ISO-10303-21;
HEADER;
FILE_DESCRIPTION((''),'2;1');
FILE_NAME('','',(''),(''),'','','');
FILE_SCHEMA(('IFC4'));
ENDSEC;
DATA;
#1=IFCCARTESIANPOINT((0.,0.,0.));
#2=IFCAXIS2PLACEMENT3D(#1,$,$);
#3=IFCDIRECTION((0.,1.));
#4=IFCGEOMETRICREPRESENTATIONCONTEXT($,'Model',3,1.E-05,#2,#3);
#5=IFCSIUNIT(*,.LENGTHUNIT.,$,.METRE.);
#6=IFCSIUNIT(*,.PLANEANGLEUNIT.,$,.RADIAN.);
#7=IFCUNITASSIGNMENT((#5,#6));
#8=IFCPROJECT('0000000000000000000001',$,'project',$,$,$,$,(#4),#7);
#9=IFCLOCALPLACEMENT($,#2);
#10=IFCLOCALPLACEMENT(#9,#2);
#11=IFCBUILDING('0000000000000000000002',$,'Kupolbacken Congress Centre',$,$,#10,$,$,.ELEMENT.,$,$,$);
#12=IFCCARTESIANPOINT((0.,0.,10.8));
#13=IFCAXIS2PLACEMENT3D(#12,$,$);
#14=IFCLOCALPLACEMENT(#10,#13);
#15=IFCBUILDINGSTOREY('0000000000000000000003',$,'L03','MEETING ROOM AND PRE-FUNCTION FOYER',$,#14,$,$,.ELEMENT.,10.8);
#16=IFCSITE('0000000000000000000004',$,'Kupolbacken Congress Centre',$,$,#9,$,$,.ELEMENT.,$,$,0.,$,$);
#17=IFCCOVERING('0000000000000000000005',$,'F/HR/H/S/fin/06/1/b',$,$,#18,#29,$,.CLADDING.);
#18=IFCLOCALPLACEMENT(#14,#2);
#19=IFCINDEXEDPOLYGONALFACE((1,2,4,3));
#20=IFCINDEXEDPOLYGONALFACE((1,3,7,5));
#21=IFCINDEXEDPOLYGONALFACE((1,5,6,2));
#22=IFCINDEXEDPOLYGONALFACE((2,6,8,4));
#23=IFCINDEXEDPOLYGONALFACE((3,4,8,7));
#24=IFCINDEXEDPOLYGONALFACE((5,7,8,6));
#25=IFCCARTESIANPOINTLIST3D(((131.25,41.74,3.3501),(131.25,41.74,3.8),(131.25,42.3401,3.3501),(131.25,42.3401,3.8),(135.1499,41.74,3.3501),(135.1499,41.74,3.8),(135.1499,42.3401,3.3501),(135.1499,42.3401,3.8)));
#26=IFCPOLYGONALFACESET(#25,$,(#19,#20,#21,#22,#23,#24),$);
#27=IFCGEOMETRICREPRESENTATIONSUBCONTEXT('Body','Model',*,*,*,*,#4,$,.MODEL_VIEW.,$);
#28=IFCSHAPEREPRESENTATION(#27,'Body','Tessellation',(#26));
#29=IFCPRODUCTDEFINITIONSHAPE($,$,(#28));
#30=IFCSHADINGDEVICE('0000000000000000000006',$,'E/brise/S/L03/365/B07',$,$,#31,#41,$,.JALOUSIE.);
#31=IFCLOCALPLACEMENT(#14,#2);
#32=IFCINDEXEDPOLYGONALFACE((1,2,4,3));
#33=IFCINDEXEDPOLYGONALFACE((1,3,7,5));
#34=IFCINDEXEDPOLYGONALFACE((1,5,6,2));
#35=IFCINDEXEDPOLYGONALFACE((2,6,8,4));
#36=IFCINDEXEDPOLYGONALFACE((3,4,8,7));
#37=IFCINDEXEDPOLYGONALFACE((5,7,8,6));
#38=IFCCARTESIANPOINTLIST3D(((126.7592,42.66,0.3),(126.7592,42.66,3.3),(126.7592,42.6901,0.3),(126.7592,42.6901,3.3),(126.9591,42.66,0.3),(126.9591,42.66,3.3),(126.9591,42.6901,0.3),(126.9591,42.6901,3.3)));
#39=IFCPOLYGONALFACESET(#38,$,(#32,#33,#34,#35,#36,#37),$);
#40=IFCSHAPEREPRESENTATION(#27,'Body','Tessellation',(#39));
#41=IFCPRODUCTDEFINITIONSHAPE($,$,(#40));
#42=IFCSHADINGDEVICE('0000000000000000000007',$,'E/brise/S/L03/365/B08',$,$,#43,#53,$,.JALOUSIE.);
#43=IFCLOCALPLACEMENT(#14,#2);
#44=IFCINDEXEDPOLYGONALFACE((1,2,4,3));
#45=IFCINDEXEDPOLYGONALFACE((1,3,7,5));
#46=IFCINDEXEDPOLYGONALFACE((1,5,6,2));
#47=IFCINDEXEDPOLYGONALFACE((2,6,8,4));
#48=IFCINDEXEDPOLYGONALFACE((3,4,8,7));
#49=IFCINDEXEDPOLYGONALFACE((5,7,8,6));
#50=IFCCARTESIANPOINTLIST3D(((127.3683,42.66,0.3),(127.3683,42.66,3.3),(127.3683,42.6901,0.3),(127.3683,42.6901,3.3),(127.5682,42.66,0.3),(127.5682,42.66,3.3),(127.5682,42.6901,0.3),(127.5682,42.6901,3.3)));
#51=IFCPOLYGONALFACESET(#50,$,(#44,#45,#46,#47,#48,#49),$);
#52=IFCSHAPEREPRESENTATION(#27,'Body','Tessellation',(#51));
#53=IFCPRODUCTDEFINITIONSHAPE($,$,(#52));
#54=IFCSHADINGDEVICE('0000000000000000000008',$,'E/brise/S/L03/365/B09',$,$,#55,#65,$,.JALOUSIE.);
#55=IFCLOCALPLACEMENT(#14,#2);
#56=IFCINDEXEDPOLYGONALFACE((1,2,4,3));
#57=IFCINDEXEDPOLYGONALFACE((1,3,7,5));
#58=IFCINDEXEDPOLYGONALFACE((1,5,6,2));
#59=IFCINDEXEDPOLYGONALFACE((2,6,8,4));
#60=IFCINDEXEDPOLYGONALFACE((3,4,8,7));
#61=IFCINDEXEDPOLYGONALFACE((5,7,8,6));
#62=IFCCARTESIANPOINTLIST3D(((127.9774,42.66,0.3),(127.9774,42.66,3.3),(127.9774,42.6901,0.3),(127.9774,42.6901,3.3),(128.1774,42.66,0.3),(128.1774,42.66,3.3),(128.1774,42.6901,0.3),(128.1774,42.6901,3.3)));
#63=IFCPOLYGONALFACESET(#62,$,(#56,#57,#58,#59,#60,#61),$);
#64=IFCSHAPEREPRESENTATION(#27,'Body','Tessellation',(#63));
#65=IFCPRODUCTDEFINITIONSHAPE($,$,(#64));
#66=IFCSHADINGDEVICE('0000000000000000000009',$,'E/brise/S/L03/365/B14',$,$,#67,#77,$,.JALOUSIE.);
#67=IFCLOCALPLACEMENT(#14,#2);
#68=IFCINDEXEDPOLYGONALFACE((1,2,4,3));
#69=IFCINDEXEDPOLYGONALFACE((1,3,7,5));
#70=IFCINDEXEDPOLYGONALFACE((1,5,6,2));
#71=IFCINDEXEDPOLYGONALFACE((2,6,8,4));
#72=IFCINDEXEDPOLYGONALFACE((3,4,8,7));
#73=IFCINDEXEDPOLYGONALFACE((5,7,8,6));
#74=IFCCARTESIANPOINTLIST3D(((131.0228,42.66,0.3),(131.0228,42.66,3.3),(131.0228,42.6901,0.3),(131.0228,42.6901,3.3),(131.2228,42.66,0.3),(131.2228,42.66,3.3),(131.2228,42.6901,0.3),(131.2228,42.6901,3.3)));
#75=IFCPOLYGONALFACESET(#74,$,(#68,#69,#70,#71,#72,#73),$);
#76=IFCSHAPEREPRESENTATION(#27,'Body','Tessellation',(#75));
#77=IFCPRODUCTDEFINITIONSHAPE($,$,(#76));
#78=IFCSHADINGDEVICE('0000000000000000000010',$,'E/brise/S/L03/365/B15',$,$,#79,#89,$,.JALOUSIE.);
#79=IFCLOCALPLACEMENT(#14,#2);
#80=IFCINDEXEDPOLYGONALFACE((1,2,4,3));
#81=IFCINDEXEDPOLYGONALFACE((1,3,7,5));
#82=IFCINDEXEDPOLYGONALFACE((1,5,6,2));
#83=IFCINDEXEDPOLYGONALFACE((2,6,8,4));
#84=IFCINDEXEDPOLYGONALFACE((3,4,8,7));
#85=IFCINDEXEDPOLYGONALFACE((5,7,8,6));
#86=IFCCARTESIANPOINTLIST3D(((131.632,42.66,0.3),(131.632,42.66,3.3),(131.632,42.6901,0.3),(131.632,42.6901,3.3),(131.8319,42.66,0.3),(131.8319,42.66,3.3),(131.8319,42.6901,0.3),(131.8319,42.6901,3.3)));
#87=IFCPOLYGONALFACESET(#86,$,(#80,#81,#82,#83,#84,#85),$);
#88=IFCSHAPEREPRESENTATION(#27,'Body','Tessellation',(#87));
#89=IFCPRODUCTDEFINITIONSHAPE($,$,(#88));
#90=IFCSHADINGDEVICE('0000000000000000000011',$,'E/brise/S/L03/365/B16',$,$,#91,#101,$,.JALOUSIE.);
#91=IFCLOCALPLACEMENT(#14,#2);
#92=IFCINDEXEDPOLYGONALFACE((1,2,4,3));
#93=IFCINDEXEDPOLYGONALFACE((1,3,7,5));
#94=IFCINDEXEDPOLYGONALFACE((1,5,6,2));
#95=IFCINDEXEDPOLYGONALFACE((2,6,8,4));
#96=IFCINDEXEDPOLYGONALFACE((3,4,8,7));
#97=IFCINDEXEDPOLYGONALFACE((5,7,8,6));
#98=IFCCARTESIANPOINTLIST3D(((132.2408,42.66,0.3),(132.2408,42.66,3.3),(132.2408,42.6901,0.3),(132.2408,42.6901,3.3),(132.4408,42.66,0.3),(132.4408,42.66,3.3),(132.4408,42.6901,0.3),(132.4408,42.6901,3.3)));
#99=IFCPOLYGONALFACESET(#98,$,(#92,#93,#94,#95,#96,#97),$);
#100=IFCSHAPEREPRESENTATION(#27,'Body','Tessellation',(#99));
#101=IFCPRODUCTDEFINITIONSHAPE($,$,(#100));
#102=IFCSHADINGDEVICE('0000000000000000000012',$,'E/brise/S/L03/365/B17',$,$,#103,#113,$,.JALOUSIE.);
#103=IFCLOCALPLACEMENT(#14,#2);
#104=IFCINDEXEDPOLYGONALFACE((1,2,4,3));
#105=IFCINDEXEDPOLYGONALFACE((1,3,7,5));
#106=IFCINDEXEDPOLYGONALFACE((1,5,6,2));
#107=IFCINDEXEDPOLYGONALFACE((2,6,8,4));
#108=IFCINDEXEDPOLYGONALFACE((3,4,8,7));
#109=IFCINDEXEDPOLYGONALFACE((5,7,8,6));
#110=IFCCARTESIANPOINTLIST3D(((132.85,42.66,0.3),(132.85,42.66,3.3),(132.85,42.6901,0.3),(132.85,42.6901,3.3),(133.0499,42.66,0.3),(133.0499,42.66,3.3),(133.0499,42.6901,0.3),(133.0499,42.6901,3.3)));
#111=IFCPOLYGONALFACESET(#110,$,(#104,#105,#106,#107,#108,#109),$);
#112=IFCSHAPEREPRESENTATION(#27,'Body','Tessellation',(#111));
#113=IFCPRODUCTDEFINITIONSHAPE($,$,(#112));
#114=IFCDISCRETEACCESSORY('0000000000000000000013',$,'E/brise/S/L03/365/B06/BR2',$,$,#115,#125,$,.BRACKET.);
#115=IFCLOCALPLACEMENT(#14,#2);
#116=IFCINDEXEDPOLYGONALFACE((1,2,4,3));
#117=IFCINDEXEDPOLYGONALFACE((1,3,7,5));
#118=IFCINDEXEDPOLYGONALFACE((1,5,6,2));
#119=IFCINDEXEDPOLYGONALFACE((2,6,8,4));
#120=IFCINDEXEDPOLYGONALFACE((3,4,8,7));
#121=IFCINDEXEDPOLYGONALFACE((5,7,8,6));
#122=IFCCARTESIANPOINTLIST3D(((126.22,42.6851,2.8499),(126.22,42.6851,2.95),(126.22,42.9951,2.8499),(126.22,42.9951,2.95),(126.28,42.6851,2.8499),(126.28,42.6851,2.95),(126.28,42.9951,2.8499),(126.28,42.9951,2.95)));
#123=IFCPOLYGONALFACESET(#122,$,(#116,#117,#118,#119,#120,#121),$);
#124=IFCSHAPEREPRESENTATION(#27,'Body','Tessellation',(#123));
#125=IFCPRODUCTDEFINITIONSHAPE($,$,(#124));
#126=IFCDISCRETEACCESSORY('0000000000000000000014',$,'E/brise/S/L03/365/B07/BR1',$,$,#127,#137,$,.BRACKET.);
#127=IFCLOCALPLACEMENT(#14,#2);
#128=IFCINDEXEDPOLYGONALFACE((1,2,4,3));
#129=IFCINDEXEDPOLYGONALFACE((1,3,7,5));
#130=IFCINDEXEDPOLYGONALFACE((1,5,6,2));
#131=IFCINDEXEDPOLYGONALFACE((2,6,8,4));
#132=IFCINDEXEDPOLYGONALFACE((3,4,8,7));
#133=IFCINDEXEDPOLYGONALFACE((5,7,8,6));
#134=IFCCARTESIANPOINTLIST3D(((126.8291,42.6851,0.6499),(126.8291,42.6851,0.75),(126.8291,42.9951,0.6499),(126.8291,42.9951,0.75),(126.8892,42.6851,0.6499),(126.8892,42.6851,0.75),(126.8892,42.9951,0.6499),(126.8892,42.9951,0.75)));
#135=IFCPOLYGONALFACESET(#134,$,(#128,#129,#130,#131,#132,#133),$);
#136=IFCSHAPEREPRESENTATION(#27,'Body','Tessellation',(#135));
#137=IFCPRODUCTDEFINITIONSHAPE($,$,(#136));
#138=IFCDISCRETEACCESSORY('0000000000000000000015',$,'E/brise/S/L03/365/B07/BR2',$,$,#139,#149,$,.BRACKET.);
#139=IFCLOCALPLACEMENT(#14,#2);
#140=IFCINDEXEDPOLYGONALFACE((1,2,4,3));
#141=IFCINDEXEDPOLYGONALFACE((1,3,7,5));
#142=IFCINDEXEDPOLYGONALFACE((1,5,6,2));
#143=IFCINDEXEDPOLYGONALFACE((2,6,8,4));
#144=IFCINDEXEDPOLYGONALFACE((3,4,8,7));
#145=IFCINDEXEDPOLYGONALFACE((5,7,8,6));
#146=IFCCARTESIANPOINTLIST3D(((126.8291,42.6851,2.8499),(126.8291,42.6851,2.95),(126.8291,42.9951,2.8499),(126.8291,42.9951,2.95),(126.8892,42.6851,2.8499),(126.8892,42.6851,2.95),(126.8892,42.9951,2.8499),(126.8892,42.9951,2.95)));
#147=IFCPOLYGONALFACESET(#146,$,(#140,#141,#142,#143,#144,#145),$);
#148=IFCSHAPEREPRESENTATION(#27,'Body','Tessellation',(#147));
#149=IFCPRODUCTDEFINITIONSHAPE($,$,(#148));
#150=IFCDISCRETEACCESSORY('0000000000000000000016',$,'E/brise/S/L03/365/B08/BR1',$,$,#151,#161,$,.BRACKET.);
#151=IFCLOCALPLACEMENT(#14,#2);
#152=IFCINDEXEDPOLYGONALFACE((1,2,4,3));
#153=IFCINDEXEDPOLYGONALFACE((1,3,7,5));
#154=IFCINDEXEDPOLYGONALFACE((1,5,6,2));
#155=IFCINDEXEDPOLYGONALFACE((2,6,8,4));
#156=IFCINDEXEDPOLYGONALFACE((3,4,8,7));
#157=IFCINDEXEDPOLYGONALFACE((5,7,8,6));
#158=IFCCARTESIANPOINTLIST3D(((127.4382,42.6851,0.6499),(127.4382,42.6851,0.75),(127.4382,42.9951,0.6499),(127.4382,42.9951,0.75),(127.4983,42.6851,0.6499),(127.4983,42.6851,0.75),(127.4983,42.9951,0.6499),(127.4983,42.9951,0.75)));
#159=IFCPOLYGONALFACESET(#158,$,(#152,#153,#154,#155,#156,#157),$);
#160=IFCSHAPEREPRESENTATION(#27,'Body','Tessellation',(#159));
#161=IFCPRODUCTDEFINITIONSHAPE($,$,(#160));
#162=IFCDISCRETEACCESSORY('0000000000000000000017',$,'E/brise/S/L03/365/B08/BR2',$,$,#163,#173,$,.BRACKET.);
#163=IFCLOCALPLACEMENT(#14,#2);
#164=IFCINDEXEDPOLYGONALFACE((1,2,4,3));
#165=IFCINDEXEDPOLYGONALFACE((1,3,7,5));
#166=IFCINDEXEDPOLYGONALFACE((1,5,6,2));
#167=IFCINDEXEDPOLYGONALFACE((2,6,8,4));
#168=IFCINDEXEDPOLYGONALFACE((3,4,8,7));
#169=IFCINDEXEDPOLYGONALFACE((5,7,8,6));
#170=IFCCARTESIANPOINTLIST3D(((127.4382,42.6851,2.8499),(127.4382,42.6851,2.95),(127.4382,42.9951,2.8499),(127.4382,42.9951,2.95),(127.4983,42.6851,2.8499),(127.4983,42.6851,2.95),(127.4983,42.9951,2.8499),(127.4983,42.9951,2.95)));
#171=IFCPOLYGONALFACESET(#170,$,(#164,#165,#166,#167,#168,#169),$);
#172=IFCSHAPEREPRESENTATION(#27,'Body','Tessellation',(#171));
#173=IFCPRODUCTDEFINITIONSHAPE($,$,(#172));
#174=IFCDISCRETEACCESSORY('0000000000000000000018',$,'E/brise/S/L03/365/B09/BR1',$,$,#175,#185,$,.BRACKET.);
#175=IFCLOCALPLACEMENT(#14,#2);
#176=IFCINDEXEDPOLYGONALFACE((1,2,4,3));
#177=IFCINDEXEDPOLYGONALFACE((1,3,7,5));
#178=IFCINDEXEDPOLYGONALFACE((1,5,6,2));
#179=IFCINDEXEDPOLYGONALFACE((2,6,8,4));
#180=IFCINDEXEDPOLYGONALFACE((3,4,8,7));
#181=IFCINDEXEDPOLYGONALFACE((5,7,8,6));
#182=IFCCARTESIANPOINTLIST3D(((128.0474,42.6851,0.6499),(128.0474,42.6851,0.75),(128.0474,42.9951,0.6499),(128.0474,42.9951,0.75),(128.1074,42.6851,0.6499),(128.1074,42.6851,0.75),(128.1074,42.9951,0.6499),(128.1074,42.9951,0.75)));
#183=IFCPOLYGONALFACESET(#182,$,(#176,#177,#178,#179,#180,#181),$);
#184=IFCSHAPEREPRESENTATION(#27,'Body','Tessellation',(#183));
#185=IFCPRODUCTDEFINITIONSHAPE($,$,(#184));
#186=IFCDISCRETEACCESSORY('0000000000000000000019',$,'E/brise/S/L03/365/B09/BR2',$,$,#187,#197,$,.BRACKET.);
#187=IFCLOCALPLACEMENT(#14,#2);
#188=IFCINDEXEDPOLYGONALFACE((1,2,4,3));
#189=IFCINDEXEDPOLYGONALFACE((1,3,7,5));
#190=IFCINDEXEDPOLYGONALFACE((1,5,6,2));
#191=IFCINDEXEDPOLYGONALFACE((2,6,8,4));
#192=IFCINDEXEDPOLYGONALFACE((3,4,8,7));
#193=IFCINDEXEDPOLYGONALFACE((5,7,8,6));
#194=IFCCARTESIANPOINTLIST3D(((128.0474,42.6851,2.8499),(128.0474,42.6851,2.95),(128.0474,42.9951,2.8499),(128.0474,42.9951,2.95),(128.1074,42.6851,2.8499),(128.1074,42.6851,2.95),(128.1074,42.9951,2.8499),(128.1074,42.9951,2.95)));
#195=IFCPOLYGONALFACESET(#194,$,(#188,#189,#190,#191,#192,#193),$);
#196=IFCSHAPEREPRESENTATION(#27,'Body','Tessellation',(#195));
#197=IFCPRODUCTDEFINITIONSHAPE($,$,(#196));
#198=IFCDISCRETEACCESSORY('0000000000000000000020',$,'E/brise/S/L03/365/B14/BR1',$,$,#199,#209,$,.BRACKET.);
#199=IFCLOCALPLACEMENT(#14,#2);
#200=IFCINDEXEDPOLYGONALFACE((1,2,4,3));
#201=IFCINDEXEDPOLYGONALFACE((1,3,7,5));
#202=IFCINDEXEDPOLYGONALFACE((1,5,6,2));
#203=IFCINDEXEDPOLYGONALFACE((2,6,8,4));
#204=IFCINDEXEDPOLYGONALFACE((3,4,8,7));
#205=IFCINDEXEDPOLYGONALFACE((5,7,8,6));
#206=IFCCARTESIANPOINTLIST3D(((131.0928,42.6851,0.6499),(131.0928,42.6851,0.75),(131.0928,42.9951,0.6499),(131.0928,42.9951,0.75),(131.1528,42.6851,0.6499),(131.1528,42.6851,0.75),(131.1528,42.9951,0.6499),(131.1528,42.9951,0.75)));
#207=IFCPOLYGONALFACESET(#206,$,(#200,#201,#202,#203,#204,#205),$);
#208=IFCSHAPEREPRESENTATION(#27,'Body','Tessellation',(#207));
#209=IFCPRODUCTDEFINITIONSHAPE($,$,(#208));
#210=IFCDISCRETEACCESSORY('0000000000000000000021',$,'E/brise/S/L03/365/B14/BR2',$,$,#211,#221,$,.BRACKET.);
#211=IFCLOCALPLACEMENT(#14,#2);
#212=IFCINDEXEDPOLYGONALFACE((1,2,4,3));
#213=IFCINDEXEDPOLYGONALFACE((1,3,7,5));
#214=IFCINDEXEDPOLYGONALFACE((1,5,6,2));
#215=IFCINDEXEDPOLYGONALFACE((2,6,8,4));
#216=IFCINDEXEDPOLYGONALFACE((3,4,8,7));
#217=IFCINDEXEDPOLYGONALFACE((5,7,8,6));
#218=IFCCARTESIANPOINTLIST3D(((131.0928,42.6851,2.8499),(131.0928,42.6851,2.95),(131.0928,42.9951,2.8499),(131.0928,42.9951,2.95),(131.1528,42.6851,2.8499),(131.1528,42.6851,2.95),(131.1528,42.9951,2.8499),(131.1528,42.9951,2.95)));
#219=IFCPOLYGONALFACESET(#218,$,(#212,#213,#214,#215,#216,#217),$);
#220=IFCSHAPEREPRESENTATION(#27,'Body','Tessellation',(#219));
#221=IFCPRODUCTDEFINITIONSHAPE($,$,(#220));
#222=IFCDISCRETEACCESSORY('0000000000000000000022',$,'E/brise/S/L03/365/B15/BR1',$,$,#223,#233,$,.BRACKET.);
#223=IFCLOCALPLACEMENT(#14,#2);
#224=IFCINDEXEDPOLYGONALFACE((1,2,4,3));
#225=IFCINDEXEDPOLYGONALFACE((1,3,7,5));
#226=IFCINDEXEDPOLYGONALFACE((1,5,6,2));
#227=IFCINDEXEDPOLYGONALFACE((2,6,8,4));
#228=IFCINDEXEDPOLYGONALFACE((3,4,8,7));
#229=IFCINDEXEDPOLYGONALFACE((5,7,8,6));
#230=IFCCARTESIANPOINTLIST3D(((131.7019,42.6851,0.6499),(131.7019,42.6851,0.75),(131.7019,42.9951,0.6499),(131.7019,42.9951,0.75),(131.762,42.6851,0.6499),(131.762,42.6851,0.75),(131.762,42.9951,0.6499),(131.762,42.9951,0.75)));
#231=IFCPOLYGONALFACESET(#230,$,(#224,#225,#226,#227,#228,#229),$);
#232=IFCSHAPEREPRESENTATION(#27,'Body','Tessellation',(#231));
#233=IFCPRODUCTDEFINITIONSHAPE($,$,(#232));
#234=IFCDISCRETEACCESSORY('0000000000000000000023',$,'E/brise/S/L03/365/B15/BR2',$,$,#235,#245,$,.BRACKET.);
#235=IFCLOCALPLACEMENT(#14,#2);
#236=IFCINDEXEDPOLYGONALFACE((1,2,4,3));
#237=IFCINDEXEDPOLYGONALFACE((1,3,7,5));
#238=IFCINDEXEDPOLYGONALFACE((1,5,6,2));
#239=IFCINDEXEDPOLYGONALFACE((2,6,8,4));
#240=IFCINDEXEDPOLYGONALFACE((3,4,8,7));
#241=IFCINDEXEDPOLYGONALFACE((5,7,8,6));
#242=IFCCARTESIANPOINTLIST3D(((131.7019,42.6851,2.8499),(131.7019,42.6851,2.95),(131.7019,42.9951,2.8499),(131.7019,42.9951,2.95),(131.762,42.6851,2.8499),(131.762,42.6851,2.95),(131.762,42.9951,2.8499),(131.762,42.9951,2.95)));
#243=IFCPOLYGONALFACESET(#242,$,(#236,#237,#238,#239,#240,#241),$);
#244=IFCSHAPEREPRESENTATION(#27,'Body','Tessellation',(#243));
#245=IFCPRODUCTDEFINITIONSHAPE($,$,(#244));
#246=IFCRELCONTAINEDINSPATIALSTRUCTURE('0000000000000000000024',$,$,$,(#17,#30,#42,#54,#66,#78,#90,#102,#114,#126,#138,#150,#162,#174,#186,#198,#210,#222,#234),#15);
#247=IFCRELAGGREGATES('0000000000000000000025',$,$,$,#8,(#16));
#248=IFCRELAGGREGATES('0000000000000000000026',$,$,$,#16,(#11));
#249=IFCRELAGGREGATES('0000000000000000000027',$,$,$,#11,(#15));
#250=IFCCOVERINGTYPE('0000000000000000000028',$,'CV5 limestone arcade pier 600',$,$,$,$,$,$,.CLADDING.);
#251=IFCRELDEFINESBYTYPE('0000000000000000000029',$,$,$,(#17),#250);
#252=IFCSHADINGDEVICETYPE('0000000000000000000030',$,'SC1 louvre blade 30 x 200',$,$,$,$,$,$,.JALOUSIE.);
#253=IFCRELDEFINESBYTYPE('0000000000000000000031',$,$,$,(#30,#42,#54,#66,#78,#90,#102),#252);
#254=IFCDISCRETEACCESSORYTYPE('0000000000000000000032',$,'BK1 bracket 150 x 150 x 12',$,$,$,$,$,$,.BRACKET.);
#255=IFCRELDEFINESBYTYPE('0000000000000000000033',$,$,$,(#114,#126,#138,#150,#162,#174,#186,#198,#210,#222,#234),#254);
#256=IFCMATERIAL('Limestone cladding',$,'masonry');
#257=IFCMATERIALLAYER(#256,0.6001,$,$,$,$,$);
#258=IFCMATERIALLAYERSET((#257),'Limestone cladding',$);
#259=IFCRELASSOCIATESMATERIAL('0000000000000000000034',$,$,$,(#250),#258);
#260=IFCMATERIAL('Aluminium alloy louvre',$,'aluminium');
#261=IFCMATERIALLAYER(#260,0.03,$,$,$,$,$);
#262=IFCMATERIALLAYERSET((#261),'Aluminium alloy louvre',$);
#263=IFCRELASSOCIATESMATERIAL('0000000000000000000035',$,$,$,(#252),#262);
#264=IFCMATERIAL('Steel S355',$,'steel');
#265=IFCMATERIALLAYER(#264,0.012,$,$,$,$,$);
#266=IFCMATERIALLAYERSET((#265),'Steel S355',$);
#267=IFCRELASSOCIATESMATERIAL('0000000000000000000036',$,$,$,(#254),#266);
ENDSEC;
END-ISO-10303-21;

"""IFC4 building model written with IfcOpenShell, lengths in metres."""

from ifc_helpers import new_model, si_unit, direction, frame, origin, origin_2d, place, context, subcontext, project, spatial, rectangle, extrude, material, layer, layer_set, type_object, element, save


model = new_model("IFC4")

# Units and contexts
model_context = context("Model", 3, precision=1e-05, world=origin(), true_north=direction((0.0, 1.0)))
body_context = subcontext(model_context, "Body", "Model", "MODEL_VIEW")
ifc_project = project(units=[si_unit("LENGTHUNIT", "METRE"), si_unit("PLANEANGLEUNIT", "RADIAN")], contexts=[model_context])

# Site, building, storey
site_placement = place(None, origin())
site = spatial("IfcSite", under=ifc_project, at=site_placement, Name="Kupolbacken Congress Centre", CompositionType="ELEMENT", RefElevation=0.0)
building_placement = place(site_placement, origin())
building = spatial("IfcBuilding", under=site, at=building_placement, Name="Kupolbacken Congress Centre", CompositionType="ELEMENT")
storey_placement = place(building_placement, frame((0.0, 0.0, 10.8)))
storey = spatial("IfcBuildingStorey", under=building, at=storey_placement, Name="L03", Description="MEETING ROOM AND PRE-FUNCTION FOYER", CompositionType="ELEMENT", Elevation=10.8)

# Covering
ifc_material_1 = material(Name="Limestone cladding", Category="masonry")
ifc_layer_1 = layer(ifc_material_1, 0.6001)
ifc_layer_set_1 = layer_set([ifc_layer_1], Name="Limestone cladding")
covering_type = type_object("IfcCoveringType", Name="CV5 limestone arcade pier 600", PredefinedType="CLADDING", material=ifc_layer_set_1)
covering_placement = place(storey_placement, frame((133.2, 42.04, 3.3501), z_axis=(0.0, 0.0, 1.0), x_axis=(1.0, 0.0, 0.0)))
element("IfcCovering", 1, at=covering_placement, inside=storey, type_object=covering_type, Name="F/HR/H/S/fin/06/1/b", PredefinedType="CLADDING", context=body_context, shape_type="SweptSolid", body=[
    extrude(rectangle(XDim=3.8999, YDim=0.6001, at=origin_2d()), origin(), (0.0, 0.0, 1.0), 0.45),
])

# Shading devices
ifc_material_2 = material(Name="Aluminium alloy louvre", Category="aluminium")
ifc_layer_2 = layer(ifc_material_2, 0.03)
ifc_layer_set_2 = layer_set([ifc_layer_2], Name="Aluminium alloy louvre")
shading_device_type = type_object("IfcShadingDeviceType", Name="SC1 louvre blade 30 x 200", PredefinedType="JALOUSIE", material=ifc_layer_set_2)
for number, where, z_axis, x_axis, name in (
    (2, (126.8591, 42.675, 0.3), (0.0, 0.0, 1.0), (1.0, 0.0, 0.0), "E/brise/S/L03/365/B07"),
    (3, (127.4683, 42.675, 0.3), (0.0, 0.0, 1.0), (1.0, 0.0, 0.0), "E/brise/S/L03/365/B08"),
    (4, (128.0774, 42.675, 0.3), (0.0, 0.0, 1.0), (1.0, 0.0, 0.0), "E/brise/S/L03/365/B09"),
    (5, (131.1228, 42.675, 0.3), (0.0, 0.0, 1.0), (1.0, 0.0, 0.0), "E/brise/S/L03/365/B14"),
    (6, (131.7319, 42.675, 0.3), (0.0, 0.0, 1.0), (1.0, 0.0, 0.0), "E/brise/S/L03/365/B15"),
    (7, (132.3408, 42.675, 0.3), (0.0, 0.0, 1.0), (1.0, 0.0, 0.0), "E/brise/S/L03/365/B16"),
    (8, (132.95, 42.675, 0.3), (0.0, 0.0, 1.0), (1.0, 0.0, 0.0), "E/brise/S/L03/365/B17"),
):
    element("IfcShadingDevice", number, at=place(storey_placement, frame(where, z_axis=z_axis, x_axis=x_axis)), inside=storey, type_object=shading_device_type, Name=name, PredefinedType="JALOUSIE", context=body_context, shape_type="SweptSolid", body=[
        extrude(rectangle(XDim=0.2, YDim=0.03, at=origin_2d()), origin(), (0.0, 0.0, 1.0), 3.0),
    ])

# Discrete accessories
ifc_material_3 = material(Name="Steel S355", Category="steel")
ifc_layer_3 = layer(ifc_material_3, 0.012)
ifc_layer_set_3 = layer_set([ifc_layer_3], Name="Steel S355")
discrete_accessory_type = type_object("IfcDiscreteAccessoryType", Name="BK1 bracket 150 x 150 x 12", PredefinedType="BRACKET", material=ifc_layer_set_3)
for number, where, z_axis, x_axis, name in (
    (9, (126.25, 42.8401, 2.8499), (0.0, 0.0, 1.0), (1.0, 0.0, 0.0), "E/brise/S/L03/365/B06/BR2"),
    (10, (126.8591, 42.8401, 0.6499), (0.0, 0.0, 1.0), (1.0, 0.0, 0.0), "E/brise/S/L03/365/B07/BR1"),
    (11, (126.8591, 42.8401, 2.8499), (0.0, 0.0, 1.0), (1.0, 0.0, 0.0), "E/brise/S/L03/365/B07/BR2"),
    (12, (127.4683, 42.8401, 0.6499), (0.0, 0.0, 1.0), (1.0, 0.0, 0.0), "E/brise/S/L03/365/B08/BR1"),
    (13, (127.4683, 42.8401, 2.8499), (0.0, 0.0, 1.0), (1.0, 0.0, 0.0), "E/brise/S/L03/365/B08/BR2"),
    (14, (128.0774, 42.8401, 0.6499), (0.0, 0.0, 1.0), (1.0, 0.0, 0.0), "E/brise/S/L03/365/B09/BR1"),
    (15, (128.0774, 42.8401, 2.8499), (0.0, 0.0, 1.0), (1.0, 0.0, 0.0), "E/brise/S/L03/365/B09/BR2"),
    (16, (131.1228, 42.8401, 0.6499), (0.0, 0.0, 1.0), (1.0, 0.0, 0.0), "E/brise/S/L03/365/B14/BR1"),
    (17, (131.1228, 42.8401, 2.8499), (0.0, 0.0, 1.0), (1.0, 0.0, 0.0), "E/brise/S/L03/365/B14/BR2"),
    (18, (131.7319, 42.8401, 0.6499), (0.0, 0.0, 1.0), (1.0, 0.0, 0.0), "E/brise/S/L03/365/B15/BR1"),
    (19, (131.7319, 42.8401, 2.8499), (0.0, 0.0, 1.0), (1.0, 0.0, 0.0), "E/brise/S/L03/365/B15/BR2"),
):
    element("IfcDiscreteAccessory", number, at=place(storey_placement, frame(where, z_axis=z_axis, x_axis=x_axis)), inside=storey, type_object=discrete_accessory_type, Name=name, PredefinedType="BRACKET", context=body_context, shape_type="SweptSolid", body=[
        extrude(rectangle(XDim=0.0601, YDim=0.3101, at=origin_2d()), origin(), (0.0, 0.0, 1.0), 0.1001),
    ])

save(model, "model.ifc")
